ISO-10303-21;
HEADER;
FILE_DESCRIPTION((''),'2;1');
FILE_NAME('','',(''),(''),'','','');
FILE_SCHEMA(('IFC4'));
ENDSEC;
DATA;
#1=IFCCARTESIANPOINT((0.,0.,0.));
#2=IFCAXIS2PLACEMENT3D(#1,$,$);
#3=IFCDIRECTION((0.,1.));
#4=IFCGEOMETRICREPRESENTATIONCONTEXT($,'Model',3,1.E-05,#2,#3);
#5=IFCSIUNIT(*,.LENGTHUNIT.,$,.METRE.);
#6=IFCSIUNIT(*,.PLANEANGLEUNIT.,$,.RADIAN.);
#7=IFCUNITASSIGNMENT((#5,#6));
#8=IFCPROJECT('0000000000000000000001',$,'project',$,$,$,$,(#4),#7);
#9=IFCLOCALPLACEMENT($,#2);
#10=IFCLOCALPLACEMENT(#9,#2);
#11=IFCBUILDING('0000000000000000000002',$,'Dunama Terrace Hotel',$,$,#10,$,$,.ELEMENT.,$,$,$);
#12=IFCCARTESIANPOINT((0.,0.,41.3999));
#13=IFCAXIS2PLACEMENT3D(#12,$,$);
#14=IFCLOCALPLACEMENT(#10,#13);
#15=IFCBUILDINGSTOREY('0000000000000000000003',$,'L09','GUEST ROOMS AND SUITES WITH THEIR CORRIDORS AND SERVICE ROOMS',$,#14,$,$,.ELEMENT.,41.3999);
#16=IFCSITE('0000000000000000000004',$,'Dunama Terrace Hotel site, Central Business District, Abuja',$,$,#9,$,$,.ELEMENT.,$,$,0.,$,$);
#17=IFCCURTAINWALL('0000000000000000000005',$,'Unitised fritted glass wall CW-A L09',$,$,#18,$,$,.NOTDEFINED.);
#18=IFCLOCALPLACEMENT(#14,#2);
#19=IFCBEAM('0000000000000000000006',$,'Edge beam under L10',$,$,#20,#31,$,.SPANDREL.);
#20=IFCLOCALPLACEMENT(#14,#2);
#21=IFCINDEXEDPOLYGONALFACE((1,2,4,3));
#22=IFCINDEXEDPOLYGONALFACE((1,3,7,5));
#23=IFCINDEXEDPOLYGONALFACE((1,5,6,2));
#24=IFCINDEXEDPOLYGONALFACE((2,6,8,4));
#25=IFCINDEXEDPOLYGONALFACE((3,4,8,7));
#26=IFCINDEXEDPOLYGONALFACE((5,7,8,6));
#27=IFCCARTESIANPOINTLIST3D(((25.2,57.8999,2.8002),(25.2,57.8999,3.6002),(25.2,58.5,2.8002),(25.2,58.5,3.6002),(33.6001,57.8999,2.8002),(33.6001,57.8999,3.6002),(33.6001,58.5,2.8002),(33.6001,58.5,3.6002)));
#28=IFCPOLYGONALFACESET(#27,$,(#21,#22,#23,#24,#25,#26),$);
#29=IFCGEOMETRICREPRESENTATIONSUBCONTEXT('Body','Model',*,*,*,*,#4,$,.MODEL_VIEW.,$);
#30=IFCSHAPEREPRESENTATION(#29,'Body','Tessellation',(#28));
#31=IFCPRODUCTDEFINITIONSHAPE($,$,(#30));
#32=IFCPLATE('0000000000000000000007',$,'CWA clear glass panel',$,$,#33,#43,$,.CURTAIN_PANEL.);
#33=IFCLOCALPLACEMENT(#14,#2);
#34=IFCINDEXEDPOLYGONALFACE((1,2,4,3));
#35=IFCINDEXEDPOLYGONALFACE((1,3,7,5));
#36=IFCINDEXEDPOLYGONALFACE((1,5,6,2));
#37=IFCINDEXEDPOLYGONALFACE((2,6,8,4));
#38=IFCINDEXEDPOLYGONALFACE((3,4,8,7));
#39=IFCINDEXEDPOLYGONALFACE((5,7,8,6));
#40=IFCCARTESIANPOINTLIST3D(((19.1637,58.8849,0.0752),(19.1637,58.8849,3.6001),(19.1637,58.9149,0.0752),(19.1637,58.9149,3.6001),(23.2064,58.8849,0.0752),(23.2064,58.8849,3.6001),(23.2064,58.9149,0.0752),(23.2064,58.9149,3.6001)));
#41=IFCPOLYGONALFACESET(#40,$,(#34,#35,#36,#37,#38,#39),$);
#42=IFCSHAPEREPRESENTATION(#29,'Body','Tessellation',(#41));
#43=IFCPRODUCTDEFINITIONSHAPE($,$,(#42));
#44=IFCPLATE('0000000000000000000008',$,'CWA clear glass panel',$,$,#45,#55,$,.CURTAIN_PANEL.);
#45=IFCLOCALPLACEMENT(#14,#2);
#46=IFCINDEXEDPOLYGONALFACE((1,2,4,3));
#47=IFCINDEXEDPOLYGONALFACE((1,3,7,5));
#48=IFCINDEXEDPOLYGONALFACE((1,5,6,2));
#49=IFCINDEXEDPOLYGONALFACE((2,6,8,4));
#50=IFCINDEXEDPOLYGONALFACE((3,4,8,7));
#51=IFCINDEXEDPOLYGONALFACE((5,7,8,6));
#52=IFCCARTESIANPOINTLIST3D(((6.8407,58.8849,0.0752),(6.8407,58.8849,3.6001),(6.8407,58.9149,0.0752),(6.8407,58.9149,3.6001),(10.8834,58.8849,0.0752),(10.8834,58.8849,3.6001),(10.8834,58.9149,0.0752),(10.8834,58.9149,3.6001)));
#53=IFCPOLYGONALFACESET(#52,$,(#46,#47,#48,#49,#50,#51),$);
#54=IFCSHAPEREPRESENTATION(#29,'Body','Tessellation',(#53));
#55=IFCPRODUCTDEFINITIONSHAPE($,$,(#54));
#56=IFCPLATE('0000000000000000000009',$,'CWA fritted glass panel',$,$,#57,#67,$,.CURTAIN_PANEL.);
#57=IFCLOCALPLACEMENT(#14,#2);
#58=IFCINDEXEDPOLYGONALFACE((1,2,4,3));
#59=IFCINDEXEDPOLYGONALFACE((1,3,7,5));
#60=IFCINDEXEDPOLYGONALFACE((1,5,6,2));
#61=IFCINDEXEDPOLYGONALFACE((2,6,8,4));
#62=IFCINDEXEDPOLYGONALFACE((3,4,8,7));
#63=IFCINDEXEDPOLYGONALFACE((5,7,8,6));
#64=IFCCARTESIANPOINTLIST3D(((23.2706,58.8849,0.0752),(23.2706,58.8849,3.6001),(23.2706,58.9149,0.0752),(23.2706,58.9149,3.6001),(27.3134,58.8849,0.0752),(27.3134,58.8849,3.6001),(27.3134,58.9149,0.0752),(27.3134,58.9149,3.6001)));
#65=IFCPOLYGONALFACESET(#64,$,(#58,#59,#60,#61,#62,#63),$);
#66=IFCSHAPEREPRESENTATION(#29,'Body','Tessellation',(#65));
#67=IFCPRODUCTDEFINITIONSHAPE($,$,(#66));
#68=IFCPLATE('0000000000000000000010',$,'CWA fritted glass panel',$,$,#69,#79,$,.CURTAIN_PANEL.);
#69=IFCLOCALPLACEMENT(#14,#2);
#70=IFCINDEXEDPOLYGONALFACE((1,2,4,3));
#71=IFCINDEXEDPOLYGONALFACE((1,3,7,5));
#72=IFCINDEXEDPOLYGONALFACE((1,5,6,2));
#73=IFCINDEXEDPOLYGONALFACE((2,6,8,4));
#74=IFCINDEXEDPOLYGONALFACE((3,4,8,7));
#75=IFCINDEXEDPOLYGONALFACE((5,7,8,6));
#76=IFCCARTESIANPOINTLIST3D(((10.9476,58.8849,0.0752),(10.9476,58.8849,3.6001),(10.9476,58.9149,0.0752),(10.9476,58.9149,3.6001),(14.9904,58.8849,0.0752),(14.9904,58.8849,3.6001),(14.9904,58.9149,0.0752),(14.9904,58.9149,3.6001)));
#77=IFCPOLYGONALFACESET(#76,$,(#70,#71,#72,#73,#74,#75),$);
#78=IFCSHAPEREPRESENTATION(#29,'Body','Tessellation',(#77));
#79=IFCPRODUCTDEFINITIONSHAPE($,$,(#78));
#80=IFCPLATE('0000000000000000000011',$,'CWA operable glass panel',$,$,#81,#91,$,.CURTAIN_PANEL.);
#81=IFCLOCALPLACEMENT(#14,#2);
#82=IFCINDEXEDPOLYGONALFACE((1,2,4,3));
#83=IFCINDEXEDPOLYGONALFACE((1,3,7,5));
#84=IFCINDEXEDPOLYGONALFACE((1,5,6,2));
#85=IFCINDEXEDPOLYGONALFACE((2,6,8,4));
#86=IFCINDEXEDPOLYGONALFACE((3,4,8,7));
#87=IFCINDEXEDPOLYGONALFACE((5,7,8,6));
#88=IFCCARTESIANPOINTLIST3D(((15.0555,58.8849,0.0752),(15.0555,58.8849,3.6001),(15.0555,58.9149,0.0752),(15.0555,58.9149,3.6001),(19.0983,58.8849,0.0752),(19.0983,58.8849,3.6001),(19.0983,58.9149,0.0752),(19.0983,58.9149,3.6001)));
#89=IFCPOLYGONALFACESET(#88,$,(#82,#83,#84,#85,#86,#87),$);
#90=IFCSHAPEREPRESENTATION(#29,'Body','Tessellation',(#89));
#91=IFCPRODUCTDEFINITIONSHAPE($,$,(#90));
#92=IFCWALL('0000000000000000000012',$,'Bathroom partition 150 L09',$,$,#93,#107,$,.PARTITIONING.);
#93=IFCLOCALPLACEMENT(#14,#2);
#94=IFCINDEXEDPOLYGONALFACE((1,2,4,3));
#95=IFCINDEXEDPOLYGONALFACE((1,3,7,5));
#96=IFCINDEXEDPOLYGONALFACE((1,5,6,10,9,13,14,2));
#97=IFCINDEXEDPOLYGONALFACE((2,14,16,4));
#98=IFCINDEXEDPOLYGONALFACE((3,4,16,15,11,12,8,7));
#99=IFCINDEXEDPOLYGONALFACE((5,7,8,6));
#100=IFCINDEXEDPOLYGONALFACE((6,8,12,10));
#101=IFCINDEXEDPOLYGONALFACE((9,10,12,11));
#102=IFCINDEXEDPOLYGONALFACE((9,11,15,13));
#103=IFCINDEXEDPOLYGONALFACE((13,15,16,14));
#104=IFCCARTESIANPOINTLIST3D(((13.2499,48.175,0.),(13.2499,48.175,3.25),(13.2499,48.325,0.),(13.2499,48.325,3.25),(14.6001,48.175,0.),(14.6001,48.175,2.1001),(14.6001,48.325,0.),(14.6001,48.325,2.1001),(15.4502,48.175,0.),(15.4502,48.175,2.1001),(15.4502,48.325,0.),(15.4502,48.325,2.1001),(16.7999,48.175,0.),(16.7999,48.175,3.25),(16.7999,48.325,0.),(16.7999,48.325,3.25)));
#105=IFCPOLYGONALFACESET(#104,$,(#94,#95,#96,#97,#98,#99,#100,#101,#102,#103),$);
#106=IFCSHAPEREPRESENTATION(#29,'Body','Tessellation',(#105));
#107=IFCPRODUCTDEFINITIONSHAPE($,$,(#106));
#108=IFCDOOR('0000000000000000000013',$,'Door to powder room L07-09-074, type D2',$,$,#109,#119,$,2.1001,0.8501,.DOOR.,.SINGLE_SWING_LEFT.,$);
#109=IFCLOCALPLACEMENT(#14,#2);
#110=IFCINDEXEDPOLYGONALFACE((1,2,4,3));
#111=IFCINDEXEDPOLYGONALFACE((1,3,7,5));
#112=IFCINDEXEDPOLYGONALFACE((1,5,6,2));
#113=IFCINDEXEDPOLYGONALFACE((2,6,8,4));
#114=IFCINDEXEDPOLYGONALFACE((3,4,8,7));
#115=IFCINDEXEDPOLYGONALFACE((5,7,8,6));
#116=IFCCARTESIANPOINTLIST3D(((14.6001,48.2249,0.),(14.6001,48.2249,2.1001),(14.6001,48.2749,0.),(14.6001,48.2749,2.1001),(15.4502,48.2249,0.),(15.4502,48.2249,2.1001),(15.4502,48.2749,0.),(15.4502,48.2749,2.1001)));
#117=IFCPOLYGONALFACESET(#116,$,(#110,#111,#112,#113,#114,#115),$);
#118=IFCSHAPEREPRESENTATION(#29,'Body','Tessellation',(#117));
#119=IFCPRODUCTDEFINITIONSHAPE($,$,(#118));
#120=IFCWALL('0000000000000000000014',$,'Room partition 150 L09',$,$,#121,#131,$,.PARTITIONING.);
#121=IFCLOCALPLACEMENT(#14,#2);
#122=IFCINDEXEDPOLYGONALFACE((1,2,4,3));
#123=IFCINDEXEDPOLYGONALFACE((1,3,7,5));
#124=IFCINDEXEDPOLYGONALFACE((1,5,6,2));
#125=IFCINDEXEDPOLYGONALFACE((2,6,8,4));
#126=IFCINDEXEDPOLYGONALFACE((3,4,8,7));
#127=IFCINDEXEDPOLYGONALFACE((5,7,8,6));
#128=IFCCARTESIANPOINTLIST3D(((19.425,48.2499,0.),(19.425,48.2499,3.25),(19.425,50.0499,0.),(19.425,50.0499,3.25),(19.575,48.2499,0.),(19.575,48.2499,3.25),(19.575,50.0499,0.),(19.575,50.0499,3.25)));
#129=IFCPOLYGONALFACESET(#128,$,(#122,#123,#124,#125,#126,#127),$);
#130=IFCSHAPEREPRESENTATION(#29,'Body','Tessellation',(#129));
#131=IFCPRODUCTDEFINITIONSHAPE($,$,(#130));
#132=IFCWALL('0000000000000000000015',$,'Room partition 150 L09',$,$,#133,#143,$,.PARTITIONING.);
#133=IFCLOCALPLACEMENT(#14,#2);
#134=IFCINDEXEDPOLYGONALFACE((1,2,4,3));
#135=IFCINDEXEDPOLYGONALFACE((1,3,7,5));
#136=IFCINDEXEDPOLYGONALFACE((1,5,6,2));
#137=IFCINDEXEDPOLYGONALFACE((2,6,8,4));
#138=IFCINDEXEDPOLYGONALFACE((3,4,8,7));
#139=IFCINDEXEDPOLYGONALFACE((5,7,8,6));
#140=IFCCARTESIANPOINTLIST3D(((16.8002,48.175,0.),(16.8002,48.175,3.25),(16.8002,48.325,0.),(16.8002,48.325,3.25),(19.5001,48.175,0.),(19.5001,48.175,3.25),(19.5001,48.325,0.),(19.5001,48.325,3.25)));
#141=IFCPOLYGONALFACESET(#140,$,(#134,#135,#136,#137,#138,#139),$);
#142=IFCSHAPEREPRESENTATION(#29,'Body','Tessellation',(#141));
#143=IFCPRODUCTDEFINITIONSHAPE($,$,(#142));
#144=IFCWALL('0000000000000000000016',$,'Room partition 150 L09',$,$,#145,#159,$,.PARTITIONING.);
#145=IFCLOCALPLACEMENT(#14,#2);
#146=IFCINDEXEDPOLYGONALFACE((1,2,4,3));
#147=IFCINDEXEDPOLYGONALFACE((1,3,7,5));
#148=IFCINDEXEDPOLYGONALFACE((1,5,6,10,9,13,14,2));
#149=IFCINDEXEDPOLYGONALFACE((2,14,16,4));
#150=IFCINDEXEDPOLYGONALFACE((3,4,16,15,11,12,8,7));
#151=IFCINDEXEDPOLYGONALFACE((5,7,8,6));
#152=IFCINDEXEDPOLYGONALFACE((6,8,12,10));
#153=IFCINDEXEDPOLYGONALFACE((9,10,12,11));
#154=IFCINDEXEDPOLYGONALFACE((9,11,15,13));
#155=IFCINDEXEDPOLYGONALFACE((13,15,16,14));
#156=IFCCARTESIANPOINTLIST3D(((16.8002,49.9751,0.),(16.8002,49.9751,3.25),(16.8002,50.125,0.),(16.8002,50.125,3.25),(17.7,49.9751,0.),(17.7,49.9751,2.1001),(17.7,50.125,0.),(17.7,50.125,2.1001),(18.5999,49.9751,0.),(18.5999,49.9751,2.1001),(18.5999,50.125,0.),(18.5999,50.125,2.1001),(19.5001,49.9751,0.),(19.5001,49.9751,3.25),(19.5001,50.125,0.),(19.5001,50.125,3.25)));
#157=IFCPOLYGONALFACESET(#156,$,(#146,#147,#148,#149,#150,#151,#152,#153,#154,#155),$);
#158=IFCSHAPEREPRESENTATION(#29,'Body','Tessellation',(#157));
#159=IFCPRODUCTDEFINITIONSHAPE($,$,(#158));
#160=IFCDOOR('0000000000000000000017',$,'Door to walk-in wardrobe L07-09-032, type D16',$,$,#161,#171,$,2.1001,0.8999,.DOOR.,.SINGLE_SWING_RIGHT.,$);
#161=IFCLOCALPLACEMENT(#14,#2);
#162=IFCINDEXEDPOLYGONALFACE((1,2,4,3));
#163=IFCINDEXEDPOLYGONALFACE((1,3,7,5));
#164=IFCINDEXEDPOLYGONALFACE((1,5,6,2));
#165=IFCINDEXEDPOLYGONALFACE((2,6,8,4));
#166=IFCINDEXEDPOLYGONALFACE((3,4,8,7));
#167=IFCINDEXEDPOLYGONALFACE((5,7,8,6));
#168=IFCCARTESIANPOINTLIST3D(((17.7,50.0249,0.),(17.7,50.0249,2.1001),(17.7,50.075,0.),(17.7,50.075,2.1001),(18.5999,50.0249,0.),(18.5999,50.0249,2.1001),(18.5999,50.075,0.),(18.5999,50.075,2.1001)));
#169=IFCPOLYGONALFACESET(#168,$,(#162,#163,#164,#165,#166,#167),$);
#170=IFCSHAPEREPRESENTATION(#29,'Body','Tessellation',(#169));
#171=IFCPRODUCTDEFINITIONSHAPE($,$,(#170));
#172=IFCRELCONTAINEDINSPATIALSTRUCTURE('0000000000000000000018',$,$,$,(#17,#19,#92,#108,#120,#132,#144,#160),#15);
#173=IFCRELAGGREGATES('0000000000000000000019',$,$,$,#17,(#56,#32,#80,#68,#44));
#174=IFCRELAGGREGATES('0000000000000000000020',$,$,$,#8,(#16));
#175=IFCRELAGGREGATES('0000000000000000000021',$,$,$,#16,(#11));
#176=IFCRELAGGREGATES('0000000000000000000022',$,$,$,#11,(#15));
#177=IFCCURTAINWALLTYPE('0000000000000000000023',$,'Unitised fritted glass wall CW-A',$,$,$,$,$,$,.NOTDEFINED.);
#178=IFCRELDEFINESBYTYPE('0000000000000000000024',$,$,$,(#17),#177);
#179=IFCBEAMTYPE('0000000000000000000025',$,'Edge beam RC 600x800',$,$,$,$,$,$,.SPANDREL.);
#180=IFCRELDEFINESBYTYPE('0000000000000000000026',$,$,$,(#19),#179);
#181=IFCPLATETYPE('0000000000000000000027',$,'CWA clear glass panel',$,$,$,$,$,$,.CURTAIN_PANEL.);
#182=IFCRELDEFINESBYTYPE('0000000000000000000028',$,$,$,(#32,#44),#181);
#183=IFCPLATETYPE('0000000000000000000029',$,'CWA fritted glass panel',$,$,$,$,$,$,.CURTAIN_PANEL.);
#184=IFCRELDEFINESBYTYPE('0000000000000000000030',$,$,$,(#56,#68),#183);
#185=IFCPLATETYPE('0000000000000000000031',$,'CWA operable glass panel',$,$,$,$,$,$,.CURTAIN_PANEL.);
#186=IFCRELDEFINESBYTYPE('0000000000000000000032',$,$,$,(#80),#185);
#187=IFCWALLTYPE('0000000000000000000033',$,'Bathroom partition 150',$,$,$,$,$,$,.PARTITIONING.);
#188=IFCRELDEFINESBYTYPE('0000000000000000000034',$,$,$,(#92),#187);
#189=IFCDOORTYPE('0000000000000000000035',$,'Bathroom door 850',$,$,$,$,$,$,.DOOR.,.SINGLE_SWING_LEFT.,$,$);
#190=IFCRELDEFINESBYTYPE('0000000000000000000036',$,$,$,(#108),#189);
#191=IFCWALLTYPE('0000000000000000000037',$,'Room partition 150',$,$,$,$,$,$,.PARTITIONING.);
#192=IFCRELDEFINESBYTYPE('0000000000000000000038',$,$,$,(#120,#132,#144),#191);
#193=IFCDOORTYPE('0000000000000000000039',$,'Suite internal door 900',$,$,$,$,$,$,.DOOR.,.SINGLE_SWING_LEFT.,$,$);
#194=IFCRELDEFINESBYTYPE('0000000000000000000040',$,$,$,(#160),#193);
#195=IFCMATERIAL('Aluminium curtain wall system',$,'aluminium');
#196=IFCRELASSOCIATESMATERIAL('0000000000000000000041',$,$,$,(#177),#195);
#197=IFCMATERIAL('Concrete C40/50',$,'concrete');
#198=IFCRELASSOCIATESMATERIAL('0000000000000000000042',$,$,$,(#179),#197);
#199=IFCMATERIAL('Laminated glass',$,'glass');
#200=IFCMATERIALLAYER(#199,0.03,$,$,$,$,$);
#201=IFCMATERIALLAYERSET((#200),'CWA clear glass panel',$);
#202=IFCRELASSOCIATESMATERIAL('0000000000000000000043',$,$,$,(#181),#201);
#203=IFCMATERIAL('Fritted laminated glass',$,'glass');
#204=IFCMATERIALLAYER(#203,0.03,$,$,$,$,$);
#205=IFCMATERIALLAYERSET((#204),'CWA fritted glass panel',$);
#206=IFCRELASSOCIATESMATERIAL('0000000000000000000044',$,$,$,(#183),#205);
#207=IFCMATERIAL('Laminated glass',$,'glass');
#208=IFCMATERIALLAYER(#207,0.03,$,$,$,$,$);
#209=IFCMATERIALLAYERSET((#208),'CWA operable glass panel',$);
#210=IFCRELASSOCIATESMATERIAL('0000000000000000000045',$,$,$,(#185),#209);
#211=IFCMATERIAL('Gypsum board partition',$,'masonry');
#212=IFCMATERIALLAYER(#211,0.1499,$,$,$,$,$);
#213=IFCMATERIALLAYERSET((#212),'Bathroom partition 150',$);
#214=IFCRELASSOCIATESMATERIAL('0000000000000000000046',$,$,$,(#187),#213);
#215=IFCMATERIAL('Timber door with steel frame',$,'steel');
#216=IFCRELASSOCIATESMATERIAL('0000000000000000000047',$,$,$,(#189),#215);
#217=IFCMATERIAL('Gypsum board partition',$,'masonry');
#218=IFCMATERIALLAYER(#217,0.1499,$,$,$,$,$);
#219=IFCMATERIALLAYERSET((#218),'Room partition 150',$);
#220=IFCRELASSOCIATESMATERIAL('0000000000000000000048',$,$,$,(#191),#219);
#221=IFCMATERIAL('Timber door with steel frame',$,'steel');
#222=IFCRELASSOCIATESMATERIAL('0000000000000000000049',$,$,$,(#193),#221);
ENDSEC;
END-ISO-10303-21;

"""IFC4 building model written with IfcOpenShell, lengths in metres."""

from ifc_helpers import new_model, si_unit, direction, frame, frame_2d, origin, origin_2d, place, context, subcontext, project, spatial, rectangle, extrude, material, layer, layer_set, material_profile, profile_set, type_object, element, fill, aggregate, save


model = new_model("IFC4")

# Units and contexts
model_context = context("Model", 3, precision=1e-05, world=origin(), true_north=direction((0.0, 1.0)))
body_context = subcontext(model_context, "Body", "Model", "MODEL_VIEW")
ifc_project = project(units=[si_unit("LENGTHUNIT", "METRE"), si_unit("PLANEANGLEUNIT", "RADIAN")], contexts=[model_context])

# Site, building, storey
site_placement = place(None, origin())
site = spatial("IfcSite", under=ifc_project, at=site_placement, Name="Dunama Terrace Hotel site, Central Business District, Abuja", CompositionType="ELEMENT", RefElevation=0.0)
building_placement = place(site_placement, origin())
building = spatial("IfcBuilding", under=site, at=building_placement, Name="Dunama Terrace Hotel", CompositionType="ELEMENT")
storey_placement = place(building_placement, frame((0.0, 0.0, 41.3999)))
storey = spatial("IfcBuildingStorey", under=building, at=storey_placement, Name="L09", Description="GUEST ROOMS AND SUITES WITH THEIR CORRIDORS AND SERVICE ROOMS", CompositionType="ELEMENT", Elevation=41.3999)

# Curtain wall
ifc_material_1 = material(Name="Aluminium curtain wall system", Category="aluminium")
curtain_wall_type = type_object("IfcCurtainWallType", Name="Unitised fritted glass wall CW-A", PredefinedType="NOTDEFINED", material=ifc_material_1)
curtain_wall_placement = place(storey_placement, origin())
curtain_wall = element("IfcCurtainWall", 1, at=curtain_wall_placement, inside=storey, type_object=curtain_wall_type, Name="Unitised fritted glass wall CW-A L09", PredefinedType="NOTDEFINED")

# Beam
ifc_material_2 = material(Name="Concrete C40/50", Category="concrete")
ifc_material_profile_1 = material_profile(ifc_material_2, rectangle(XDim=0.6001, YDim=0.8, at=origin_2d()), Name="RC 600x800")
ifc_profile_set_1 = profile_set([ifc_material_profile_1], Name="Concrete C40/50")
beam_type = type_object("IfcBeamType", Name="Edge beam RC 600x800", PredefinedType="SPANDREL", material=ifc_profile_set_1)
beam_1_placement = place(storey_placement, frame((25.2, 58.2, 3.2002), z_axis=(1.0, 0.0, 0.0), x_axis=(0.0, 1.0, 0.0)))
element("IfcBeam", 2, at=beam_1_placement, inside=storey, type_object=beam_type, Name="Edge beam under L10", PredefinedType="SPANDREL", context=body_context, shape_type="SweptSolid", body=[
    extrude(rectangle(XDim=0.6001, YDim=0.8, at=origin_2d()), origin(), (0.0, 0.0, 1.0), 8.4001),
])

# Plates
ifc_material_3 = material(Name="Laminated glass", Category="glass")
ifc_layer_1 = layer(ifc_material_3, 0.03)
ifc_layer_set_1 = layer_set([ifc_layer_1], Name="CWA clear glass panel")
plate_type_1 = type_object("IfcPlateType", Name="CWA clear glass panel", PredefinedType="CURTAIN_PANEL", material=ifc_layer_set_1)
plate_1_placement = place(storey_placement, frame((21.1851, 58.8999, 0.0752), z_axis=(0.0, 0.0, 1.0), x_axis=(-1.0, 0.0, 0.0)))
plate_1 = element("IfcPlate", 3, at=plate_1_placement, type_object=plate_type_1, Name="CWA clear glass panel", PredefinedType="CURTAIN_PANEL", context=body_context, shape_type="SweptSolid", body=[
    extrude(rectangle(XDim=4.0427, YDim=0.03, at=origin_2d()), origin(), (0.0, 0.0, 1.0), 3.5249),
])
plate_2_placement = place(storey_placement, frame((8.8621, 58.8999, 0.0752), z_axis=(0.0, 0.0, 1.0), x_axis=(-1.0, 0.0, 0.0)))
plate_2 = element("IfcPlate", 4, at=plate_2_placement, type_object=plate_type_1, Name="CWA clear glass panel", PredefinedType="CURTAIN_PANEL", context=body_context, shape_type="SweptSolid", body=[
    extrude(rectangle(XDim=4.0427, YDim=0.03, at=origin_2d()), origin(), (0.0, 0.0, 1.0), 3.5249),
])
ifc_material_4 = material(Name="Fritted laminated glass", Category="glass")
ifc_layer_2 = layer(ifc_material_4, 0.03)
ifc_layer_set_2 = layer_set([ifc_layer_2], Name="CWA fritted glass panel")
plate_type_2 = type_object("IfcPlateType", Name="CWA fritted glass panel", PredefinedType="CURTAIN_PANEL", material=ifc_layer_set_2)
plate_3_placement = place(storey_placement, frame((25.292, 58.8999, 0.0752), z_axis=(0.0, 0.0, 1.0), x_axis=(-1.0, 0.0, 0.0)))
plate_3 = element("IfcPlate", 5, at=plate_3_placement, type_object=plate_type_2, Name="CWA fritted glass panel", PredefinedType="CURTAIN_PANEL", context=body_context, shape_type="SweptSolid", body=[
    extrude(rectangle(XDim=4.0427, YDim=0.03, at=origin_2d()), origin(), (0.0, 0.0, 1.0), 3.5249),
])
plate_4_placement = place(storey_placement, frame((12.969, 58.8999, 0.0752), z_axis=(0.0, 0.0, 1.0), x_axis=(-1.0, 0.0, 0.0)))
plate_4 = element("IfcPlate", 6, at=plate_4_placement, type_object=plate_type_2, Name="CWA fritted glass panel", PredefinedType="CURTAIN_PANEL", context=body_context, shape_type="SweptSolid", body=[
    extrude(rectangle(XDim=4.0427, YDim=0.03, at=origin_2d()), origin(), (0.0, 0.0, 1.0), 3.5249),
])
ifc_material_5 = material(Name="Laminated glass", Category="glass")
ifc_layer_3 = layer(ifc_material_5, 0.03)
ifc_layer_set_3 = layer_set([ifc_layer_3], Name="CWA operable glass panel")
plate_type_3 = type_object("IfcPlateType", Name="CWA operable glass panel", PredefinedType="CURTAIN_PANEL", material=ifc_layer_set_3)
plate_5_placement = place(storey_placement, frame((17.0769, 58.8999, 0.0752), z_axis=(0.0, 0.0, 1.0), x_axis=(-1.0, 0.0, 0.0)))
plate_5 = element("IfcPlate", 7, at=plate_5_placement, type_object=plate_type_3, Name="CWA operable glass panel", PredefinedType="CURTAIN_PANEL", context=body_context, shape_type="SweptSolid", body=[
    extrude(rectangle(XDim=4.0427, YDim=0.03, at=origin_2d()), origin(), (0.0, 0.0, 1.0), 3.5249),
])
aggregate(curtain_wall, [plate_3, plate_1, plate_5, plate_4, plate_2])

# Wall, opening, door
ifc_material_6 = material(Name="Gypsum board partition", Category="masonry")
ifc_layer_4 = layer(ifc_material_6, 0.1499)
ifc_layer_set_4 = layer_set([ifc_layer_4], Name="Bathroom partition 150")
wall_type_1 = type_object("IfcWallType", Name="Bathroom partition 150", PredefinedType="PARTITIONING", material=ifc_layer_set_4)
wall_1_placement = place(storey_placement, frame((13.25, 48.25, 0.0), z_axis=(0.0, 0.0, 1.0), x_axis=(1.0, 0.0, 0.0)))
wall_1 = element("IfcWall", 8, at=wall_1_placement, inside=storey, type_object=wall_type_1, Name="Bathroom partition 150 L09", PredefinedType="PARTITIONING", context=body_context, shape_type="SweptSolid", body=[
    extrude(rectangle(XDim=3.55, YDim=0.1499, at=frame_2d((1.7749, 0.0))), origin(), (0.0, 0.0, 1.0), 3.25),
])
opening_1_placement = place(wall_1_placement, frame((1.3501, 0.0, 0.0)))
opening_1 = element("IfcOpeningElement", 9, at=opening_1_placement, cuts=wall_1, PredefinedType="OPENING", context=body_context, shape_type="SweptSolid", body=[
    extrude(rectangle(XDim=0.8501, YDim=2.1001, at=frame_2d((0.425, 1.05))), frame((0.0, 0.085, 0.0), z_axis=(0.0, -1.0, 0.0), x_axis=(1.0, 0.0, 0.0)), (0.0, 0.0, 1.0), 0.1699),
])
ifc_material_7 = material(Name="Timber door with steel frame", Category="steel")
door_type_1 = type_object("IfcDoorType", Name="Bathroom door 850", OperationType="SINGLE_SWING_LEFT", PredefinedType="DOOR", material=ifc_material_7)
door_1_placement = place(opening_1_placement, frame((0.8501, 0.0, 0.0), z_axis=(0.0, 0.0, 1.0), x_axis=(-1.0, 0.0, 0.0)))
door_1 = element("IfcDoor", 10, at=door_1_placement, inside=storey, type_object=door_type_1, Name="Door to powder room L07-09-074, type D2", OperationType="SINGLE_SWING_LEFT", OverallHeight=2.1001, OverallWidth=0.8501, PredefinedType="DOOR", context=body_context, shape_type="SweptSolid", body=[
    extrude(rectangle(XDim=0.8501, YDim=2.1001, at=frame_2d((0.425, 1.05))), frame((0.0, 0.0251, 0.0), z_axis=(0.0, -1.0, 0.0), x_axis=(1.0, 0.0, 0.0)), (0.0, 0.0, 1.0), 0.05),
])
fill(opening_1, door_1)

# Walls
ifc_material_8 = material(Name="Gypsum board partition", Category="masonry")
ifc_layer_5 = layer(ifc_material_8, 0.1499)
ifc_layer_set_5 = layer_set([ifc_layer_5], Name="Room partition 150")
wall_type_2 = type_object("IfcWallType", Name="Room partition 150", PredefinedType="PARTITIONING", material=ifc_layer_set_5)
wall_2_placement = place(storey_placement, frame((19.5, 48.25, 0.0), z_axis=(0.0, 0.0, 1.0), x_axis=(0.0, 1.0, 0.0)))
element("IfcWall", 11, at=wall_2_placement, inside=storey, type_object=wall_type_2, Name="Room partition 150 L09", PredefinedType="PARTITIONING", context=body_context, shape_type="SweptSolid", body=[
    extrude(rectangle(XDim=1.8, YDim=0.1499, at=frame_2d((0.8999, 0.0))), origin(), (0.0, 0.0, 1.0), 3.25),
])
wall_3_placement = place(storey_placement, frame((16.8, 48.25, 0.0), z_axis=(0.0, 0.0, 1.0), x_axis=(1.0, 0.0, 0.0)))
element("IfcWall", 12, at=wall_3_placement, inside=storey, type_object=wall_type_2, Name="Room partition 150 L09", PredefinedType="PARTITIONING", context=body_context, shape_type="SweptSolid", body=[
    extrude(rectangle(XDim=2.7, YDim=0.1499, at=frame_2d((1.3501, 0.0))), origin(), (0.0, 0.0, 1.0), 3.25),
])

# Wall, opening, door
wall_4_placement = place(storey_placement, frame((16.8, 50.05, 0.0), z_axis=(0.0, 0.0, 1.0), x_axis=(1.0, 0.0, 0.0)))
wall_4 = element("IfcWall", 13, at=wall_4_placement, inside=storey, type_object=wall_type_2, Name="Room partition 150 L09", PredefinedType="PARTITIONING", context=body_context, shape_type="SweptSolid", body=[
    extrude(rectangle(XDim=2.7, YDim=0.1499, at=frame_2d((1.3501, 0.0))), origin(), (0.0, 0.0, 1.0), 3.25),
])
opening_2_placement = place(wall_4_placement, frame((0.8999, 0.0, 0.0)))
opening_2 = element("IfcOpeningElement", 14, at=opening_2_placement, cuts=wall_4, PredefinedType="OPENING", context=body_context, shape_type="SweptSolid", body=[
    extrude(rectangle(XDim=0.8999, YDim=2.1001, at=frame_2d((0.45, 1.05))), frame((0.0, 0.085, 0.0), z_axis=(0.0, -1.0, 0.0), x_axis=(1.0, 0.0, 0.0)), (0.0, 0.0, 1.0), 0.1699),
])
ifc_material_9 = material(Name="Timber door with steel frame", Category="steel")
door_type_2 = type_object("IfcDoorType", Name="Suite internal door 900", OperationType="SINGLE_SWING_LEFT", PredefinedType="DOOR", material=ifc_material_9)
door_2_placement = place(opening_2_placement, frame((0.8999, 0.0, 0.0), z_axis=(0.0, 0.0, 1.0), x_axis=(-1.0, 0.0, 0.0)))
door_2 = element("IfcDoor", 15, at=door_2_placement, inside=storey, type_object=door_type_2, Name="Door to walk-in wardrobe L07-09-032, type D16", OperationType="SINGLE_SWING_RIGHT", OverallHeight=2.1001, OverallWidth=0.8999, PredefinedType="DOOR", context=body_context, shape_type="SweptSolid", body=[
    extrude(rectangle(XDim=0.8999, YDim=2.1001, at=frame_2d((0.45, 1.05))), frame((0.0, 0.0251, 0.0), z_axis=(0.0, -1.0, 0.0), x_axis=(1.0, 0.0, 0.0)), (0.0, 0.0, 1.0), 0.05),
])
fill(opening_2, door_2)

save(model, "model.ifc")
